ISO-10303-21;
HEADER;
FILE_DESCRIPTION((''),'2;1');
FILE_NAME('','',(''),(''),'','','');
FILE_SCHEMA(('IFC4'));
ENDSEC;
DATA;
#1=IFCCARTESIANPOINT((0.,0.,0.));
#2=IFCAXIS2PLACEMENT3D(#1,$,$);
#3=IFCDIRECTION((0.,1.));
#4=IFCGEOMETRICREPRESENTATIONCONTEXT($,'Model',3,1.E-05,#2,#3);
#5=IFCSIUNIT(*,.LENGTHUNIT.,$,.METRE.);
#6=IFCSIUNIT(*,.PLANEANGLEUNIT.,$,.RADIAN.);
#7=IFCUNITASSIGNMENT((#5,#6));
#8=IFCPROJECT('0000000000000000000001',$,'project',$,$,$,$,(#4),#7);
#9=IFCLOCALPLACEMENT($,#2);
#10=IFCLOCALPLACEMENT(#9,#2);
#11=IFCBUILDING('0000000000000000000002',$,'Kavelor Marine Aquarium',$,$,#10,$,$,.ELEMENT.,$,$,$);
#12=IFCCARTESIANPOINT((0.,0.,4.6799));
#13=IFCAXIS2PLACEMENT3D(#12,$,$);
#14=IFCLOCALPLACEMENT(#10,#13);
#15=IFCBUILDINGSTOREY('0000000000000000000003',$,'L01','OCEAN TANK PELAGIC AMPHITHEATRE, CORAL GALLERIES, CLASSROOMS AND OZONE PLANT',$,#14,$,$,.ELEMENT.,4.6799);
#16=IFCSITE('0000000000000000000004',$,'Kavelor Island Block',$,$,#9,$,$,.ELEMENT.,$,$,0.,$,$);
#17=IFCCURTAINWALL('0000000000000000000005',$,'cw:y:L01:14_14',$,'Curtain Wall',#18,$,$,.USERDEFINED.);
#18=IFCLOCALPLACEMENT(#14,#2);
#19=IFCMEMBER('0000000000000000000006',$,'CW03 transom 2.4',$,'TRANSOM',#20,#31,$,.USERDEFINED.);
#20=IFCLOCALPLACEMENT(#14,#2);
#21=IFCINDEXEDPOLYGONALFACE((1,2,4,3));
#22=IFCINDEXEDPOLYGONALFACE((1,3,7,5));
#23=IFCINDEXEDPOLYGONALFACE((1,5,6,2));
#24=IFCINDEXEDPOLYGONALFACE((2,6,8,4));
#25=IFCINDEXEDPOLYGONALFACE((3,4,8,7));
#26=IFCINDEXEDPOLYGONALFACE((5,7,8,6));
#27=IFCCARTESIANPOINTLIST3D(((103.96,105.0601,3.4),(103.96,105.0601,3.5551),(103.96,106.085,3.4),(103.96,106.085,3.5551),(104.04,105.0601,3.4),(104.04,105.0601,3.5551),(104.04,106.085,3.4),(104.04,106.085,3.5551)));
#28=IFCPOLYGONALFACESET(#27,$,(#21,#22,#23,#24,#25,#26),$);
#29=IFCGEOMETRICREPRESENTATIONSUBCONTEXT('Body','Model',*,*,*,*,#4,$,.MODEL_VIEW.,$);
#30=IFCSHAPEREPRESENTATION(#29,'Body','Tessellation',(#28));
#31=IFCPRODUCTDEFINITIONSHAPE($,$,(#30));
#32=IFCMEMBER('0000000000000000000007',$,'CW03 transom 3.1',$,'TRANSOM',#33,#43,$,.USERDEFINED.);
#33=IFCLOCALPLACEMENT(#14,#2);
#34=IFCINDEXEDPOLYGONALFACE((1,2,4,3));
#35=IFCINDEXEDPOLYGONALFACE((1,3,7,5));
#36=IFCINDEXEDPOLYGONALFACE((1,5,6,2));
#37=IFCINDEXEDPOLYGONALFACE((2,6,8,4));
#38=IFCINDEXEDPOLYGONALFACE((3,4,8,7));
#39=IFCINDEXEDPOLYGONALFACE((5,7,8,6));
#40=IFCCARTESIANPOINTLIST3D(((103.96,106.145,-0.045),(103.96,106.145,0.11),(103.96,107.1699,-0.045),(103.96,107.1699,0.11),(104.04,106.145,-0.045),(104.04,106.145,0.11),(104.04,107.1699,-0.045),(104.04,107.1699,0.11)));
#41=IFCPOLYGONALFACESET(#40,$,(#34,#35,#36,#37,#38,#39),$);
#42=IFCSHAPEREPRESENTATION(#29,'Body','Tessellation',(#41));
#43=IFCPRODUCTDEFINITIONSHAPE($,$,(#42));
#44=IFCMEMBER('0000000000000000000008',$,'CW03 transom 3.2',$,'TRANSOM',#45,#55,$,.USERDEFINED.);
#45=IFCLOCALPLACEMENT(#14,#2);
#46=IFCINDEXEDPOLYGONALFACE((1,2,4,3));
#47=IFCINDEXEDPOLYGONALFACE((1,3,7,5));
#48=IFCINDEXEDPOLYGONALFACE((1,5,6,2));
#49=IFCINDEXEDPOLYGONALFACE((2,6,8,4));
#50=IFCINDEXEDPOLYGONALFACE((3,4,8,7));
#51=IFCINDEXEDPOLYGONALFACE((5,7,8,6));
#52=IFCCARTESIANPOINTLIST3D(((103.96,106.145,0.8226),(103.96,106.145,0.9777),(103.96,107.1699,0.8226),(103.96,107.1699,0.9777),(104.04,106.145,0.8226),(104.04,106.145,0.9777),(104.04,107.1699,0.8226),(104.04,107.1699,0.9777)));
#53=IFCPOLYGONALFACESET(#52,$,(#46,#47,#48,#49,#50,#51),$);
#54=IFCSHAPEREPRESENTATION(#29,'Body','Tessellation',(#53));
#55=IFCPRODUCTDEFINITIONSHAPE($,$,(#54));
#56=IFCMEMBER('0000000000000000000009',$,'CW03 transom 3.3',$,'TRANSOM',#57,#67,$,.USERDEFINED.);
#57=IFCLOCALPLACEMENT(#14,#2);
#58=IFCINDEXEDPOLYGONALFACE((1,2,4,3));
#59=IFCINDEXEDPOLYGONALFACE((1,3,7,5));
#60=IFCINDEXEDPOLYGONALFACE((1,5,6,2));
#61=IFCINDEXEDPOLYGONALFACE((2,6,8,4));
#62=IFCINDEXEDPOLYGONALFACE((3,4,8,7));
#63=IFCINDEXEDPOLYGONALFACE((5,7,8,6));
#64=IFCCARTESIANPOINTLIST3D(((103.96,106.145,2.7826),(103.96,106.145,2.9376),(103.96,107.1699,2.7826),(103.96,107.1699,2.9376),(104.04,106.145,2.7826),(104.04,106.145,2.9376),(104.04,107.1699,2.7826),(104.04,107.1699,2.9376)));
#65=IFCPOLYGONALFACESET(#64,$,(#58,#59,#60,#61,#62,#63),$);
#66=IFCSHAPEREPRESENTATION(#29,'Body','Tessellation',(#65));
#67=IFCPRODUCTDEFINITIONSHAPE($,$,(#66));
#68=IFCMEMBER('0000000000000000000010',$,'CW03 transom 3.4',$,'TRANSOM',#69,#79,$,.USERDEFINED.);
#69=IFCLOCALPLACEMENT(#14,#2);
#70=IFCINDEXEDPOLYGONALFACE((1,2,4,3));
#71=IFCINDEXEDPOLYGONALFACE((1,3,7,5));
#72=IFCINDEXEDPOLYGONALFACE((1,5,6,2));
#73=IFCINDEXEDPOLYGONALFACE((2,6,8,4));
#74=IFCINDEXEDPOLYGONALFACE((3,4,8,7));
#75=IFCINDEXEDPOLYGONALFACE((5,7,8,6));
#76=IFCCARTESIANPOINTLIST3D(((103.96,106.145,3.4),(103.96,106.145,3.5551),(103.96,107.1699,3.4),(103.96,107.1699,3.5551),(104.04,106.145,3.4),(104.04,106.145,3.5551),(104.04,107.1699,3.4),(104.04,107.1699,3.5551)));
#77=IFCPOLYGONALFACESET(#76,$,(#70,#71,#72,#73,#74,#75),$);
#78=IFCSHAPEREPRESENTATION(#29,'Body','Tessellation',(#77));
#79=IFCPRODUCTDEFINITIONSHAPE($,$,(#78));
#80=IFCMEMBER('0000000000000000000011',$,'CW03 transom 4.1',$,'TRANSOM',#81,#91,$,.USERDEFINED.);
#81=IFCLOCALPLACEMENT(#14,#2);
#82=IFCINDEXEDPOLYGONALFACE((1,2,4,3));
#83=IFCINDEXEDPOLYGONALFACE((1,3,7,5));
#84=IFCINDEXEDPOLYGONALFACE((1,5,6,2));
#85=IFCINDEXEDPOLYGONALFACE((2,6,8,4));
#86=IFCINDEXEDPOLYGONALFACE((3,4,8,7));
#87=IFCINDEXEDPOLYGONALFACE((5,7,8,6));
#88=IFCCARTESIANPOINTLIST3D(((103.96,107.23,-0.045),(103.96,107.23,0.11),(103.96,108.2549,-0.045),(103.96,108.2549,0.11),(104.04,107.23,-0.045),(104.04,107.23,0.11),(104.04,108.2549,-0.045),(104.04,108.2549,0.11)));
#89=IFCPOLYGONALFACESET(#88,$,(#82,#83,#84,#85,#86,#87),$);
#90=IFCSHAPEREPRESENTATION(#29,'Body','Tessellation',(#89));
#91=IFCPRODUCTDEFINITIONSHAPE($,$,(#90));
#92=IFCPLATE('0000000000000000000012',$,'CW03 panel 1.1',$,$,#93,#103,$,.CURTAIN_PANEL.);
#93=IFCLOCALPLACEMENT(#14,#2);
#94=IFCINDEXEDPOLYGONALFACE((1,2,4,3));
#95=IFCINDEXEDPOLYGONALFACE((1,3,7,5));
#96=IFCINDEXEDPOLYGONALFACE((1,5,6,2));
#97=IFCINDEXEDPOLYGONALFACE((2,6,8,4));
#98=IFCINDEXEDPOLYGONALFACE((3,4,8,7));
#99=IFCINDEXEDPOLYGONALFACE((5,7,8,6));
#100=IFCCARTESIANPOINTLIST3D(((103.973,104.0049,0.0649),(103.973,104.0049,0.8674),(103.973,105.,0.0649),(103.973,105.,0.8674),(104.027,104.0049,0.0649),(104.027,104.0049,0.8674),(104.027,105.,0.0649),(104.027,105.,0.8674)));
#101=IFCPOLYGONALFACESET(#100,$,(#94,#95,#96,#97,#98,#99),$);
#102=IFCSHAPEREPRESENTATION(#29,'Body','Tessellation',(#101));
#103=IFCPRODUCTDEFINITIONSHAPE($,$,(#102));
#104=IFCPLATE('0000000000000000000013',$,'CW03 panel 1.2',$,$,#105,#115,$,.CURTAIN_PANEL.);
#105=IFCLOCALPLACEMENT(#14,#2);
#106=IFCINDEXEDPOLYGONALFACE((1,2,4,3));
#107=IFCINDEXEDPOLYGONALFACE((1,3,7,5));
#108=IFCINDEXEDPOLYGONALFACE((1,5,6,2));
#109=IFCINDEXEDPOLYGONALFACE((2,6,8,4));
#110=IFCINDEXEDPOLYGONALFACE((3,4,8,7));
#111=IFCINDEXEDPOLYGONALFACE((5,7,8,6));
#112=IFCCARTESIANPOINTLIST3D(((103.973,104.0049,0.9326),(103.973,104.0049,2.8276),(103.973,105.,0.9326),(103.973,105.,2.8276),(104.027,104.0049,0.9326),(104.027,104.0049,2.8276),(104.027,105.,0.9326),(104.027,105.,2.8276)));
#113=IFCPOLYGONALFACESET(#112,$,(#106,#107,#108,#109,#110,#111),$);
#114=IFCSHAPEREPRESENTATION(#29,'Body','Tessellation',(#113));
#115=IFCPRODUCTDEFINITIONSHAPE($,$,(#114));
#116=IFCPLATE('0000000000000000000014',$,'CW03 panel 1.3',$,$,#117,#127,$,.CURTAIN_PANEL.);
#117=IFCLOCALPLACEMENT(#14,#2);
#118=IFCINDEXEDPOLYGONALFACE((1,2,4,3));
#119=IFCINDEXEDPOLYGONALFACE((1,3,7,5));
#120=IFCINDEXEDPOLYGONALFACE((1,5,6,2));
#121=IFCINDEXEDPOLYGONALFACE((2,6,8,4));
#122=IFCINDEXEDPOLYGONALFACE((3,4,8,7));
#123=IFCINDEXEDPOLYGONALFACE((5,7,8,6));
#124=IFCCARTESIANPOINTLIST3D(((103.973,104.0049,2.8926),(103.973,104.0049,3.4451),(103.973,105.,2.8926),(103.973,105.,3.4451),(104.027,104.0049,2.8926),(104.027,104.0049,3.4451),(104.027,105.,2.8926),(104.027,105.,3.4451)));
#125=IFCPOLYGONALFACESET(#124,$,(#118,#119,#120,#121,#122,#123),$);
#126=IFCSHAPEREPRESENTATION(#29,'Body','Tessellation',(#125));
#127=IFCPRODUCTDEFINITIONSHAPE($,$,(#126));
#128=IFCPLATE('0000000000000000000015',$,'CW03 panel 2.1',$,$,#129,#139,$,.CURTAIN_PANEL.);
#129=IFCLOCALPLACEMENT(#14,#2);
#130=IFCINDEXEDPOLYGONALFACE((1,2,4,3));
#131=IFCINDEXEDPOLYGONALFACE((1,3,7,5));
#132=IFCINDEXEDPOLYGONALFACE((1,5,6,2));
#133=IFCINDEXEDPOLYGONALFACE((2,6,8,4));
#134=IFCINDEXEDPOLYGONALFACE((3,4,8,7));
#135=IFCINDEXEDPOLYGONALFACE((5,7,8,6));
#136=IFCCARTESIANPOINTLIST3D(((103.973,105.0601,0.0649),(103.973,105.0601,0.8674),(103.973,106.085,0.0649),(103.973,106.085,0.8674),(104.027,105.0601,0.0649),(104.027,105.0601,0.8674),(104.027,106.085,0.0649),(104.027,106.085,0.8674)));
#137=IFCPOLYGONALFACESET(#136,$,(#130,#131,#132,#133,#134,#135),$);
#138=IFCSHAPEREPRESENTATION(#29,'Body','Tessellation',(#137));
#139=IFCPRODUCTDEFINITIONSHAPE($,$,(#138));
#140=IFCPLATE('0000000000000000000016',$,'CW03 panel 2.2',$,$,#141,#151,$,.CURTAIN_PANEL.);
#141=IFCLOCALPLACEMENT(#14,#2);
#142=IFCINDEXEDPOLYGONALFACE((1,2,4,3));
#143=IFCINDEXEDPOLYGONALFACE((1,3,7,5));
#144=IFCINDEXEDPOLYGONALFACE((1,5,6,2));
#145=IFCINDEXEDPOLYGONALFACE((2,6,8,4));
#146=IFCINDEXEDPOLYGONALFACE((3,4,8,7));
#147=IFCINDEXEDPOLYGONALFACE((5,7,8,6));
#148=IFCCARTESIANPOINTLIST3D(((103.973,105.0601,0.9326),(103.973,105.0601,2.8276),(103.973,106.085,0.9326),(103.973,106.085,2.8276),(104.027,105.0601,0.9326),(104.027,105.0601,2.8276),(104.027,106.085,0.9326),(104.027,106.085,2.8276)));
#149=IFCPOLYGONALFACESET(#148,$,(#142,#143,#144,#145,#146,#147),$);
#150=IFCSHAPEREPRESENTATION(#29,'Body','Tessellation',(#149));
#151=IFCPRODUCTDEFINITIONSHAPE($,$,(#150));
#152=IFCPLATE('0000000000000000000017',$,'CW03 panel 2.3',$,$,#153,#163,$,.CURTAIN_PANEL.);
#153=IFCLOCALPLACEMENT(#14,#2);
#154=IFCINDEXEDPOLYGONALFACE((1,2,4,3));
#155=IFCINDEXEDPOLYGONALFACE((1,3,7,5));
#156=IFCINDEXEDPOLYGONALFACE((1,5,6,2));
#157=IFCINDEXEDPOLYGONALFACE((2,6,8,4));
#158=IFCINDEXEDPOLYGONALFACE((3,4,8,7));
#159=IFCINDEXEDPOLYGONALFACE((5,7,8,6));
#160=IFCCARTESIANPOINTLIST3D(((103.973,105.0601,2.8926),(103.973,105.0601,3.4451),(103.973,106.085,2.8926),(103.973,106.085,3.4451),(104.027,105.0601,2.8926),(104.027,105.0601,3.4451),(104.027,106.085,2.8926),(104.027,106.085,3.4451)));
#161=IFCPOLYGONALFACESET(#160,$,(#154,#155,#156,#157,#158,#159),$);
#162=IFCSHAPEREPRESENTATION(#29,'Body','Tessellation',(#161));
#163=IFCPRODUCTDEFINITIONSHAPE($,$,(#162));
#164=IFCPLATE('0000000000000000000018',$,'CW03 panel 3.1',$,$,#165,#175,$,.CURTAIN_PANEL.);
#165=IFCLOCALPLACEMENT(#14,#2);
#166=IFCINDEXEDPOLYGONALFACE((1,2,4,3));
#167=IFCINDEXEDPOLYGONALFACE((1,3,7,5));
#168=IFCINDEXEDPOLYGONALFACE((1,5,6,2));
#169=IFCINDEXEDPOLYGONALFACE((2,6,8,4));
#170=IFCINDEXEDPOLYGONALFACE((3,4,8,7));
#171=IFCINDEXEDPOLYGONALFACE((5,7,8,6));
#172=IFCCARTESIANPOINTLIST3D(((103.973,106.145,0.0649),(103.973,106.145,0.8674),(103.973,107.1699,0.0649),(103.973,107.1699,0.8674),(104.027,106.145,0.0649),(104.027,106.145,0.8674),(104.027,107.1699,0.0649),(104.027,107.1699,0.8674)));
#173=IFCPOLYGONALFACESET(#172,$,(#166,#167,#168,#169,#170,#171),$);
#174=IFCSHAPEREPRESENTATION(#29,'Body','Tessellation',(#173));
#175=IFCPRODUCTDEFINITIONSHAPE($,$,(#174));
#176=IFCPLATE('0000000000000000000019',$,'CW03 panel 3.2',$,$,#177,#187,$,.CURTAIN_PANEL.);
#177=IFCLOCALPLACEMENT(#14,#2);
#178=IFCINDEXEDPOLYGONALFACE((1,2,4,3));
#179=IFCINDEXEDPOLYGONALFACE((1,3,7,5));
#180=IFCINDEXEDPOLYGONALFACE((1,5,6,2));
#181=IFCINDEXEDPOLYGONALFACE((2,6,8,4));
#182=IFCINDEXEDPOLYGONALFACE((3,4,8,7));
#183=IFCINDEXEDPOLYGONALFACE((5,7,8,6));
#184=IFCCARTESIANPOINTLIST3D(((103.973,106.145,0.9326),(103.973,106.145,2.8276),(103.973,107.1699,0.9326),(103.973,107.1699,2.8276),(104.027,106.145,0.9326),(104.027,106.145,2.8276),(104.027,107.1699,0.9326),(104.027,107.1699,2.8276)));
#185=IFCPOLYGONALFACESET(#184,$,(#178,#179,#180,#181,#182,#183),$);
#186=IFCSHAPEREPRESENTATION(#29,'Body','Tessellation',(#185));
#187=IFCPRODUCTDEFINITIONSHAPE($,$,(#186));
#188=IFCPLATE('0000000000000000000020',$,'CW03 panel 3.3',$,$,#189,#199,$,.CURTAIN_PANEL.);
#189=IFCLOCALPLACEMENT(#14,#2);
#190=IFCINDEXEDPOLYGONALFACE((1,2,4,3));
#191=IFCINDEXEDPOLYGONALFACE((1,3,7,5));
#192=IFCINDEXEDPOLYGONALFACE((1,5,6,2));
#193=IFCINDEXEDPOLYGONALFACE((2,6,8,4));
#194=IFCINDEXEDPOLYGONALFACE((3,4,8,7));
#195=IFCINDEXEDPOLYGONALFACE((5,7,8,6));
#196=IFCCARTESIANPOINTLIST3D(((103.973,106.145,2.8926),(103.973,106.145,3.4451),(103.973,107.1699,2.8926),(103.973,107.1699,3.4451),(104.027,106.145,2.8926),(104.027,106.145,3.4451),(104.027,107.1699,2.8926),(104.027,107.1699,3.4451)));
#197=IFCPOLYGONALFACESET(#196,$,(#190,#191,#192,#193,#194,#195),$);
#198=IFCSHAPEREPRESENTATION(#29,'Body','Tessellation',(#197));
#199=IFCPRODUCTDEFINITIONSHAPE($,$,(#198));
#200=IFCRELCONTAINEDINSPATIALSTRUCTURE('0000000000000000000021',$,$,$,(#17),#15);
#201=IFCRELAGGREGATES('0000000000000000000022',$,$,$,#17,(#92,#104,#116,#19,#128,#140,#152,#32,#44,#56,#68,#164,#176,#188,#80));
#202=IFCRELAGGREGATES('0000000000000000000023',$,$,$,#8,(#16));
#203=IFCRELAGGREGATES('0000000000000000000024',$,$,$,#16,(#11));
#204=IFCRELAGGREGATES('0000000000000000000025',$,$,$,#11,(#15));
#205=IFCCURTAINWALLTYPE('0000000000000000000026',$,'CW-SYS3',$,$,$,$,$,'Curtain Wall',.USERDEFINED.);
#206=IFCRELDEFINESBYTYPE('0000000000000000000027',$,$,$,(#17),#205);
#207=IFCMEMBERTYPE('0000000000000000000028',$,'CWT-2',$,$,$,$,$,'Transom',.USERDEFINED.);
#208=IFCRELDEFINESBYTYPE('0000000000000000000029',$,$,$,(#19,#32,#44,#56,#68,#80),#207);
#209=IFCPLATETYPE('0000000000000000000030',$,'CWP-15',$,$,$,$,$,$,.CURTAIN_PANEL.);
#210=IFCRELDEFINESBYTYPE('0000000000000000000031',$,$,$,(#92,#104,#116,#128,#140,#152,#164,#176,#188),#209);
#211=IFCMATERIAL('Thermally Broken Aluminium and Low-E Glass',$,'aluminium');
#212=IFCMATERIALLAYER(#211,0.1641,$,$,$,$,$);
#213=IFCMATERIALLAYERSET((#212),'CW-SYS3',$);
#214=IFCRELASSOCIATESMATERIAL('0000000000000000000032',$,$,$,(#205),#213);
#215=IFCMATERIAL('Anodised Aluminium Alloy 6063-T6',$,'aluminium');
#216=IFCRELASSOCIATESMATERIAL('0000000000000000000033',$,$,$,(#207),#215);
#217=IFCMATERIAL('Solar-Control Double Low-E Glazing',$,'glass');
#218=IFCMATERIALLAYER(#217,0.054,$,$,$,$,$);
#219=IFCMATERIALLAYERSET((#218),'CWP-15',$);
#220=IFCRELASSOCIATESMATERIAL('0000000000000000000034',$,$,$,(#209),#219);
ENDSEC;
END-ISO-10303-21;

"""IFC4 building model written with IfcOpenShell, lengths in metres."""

from ifc_helpers import new_model, si_unit, direction, frame, origin, origin_2d, place, context, subcontext, project, spatial, rectangle, extrude, material, layer, layer_set, material_profile, profile_set, type_object, element, aggregate, save


model = new_model("IFC4")

# Units and contexts
model_context = context("Model", 3, precision=1e-05, world=origin(), true_north=direction((0.0, 1.0)))
body_context = subcontext(model_context, "Body", "Model", "MODEL_VIEW")
ifc_project = project(units=[si_unit("LENGTHUNIT", "METRE"), si_unit("PLANEANGLEUNIT", "RADIAN")], contexts=[model_context])

# Site, building, storey
site_placement = place(None, origin())
site = spatial("IfcSite", under=ifc_project, at=site_placement, Name="Kavelor Island Block", CompositionType="ELEMENT", RefElevation=0.0)
building_placement = place(site_placement, origin())
building = spatial("IfcBuilding", under=site, at=building_placement, Name="Kavelor Marine Aquarium", CompositionType="ELEMENT")
storey_placement = place(building_placement, frame((0.0, 0.0, 4.6799)))
storey = spatial("IfcBuildingStorey", under=building, at=storey_placement, Name="L01", Description="OCEAN TANK PELAGIC AMPHITHEATRE, CORAL GALLERIES, CLASSROOMS AND OZONE PLANT", CompositionType="ELEMENT", Elevation=4.6799)

# Curtain wall, members, plates
ifc_material_1 = material(Name="Thermally Broken Aluminium and Low-E Glass", Category="aluminium")
ifc_layer_1 = layer(ifc_material_1, 0.1641)
ifc_layer_set_1 = layer_set([ifc_layer_1], Name="CW-SYS3")
curtain_wall_type = type_object("IfcCurtainWallType", Name="CW-SYS3", ElementType="Curtain Wall", PredefinedType="USERDEFINED", material=ifc_layer_set_1)
curtain_wall_placement = place(storey_placement, origin())
curtain_wall = element("IfcCurtainWall", 1, at=curtain_wall_placement, inside=storey, type_object=curtain_wall_type, Name="cw:y:L01:14_14", ObjectType="Curtain Wall", PredefinedType="USERDEFINED")
ifc_material_2 = material(Name="Anodised Aluminium Alloy 6063-T6", Category="aluminium")
ifc_material_profile_1 = material_profile(ifc_material_2, rectangle(XDim=0.0801, YDim=0.155, at=origin_2d()), Name="CW-TRN 80x155")
ifc_profile_set_1 = profile_set([ifc_material_profile_1], Name="Anodised Aluminium Alloy 6063-T6")
member_type_1 = type_object("IfcMemberType", Name="CWT-2", ElementType="Transom", PredefinedType="USERDEFINED", material=ifc_profile_set_1)
member_1_placement = place(storey_placement, frame((104.0, 105.0601, 3.4775), z_axis=(0.0, 1.0, 0.0), x_axis=(-1.0, 0.0, 0.0)))
member_1 = element("IfcMember", 2, at=member_1_placement, type_object=member_type_1, Name="CW03 transom 2.4", ObjectType="TRANSOM", PredefinedType="USERDEFINED", context=body_context, shape_type="SweptSolid", body=[
    extrude(rectangle(XDim=0.0801, YDim=0.155, at=origin_2d()), origin(), (0.0, 0.0, 1.0), 1.0249),
])
member_2_placement = place(storey_placement, frame((104.0, 106.145, 0.0325), z_axis=(0.0, 1.0, 0.0), x_axis=(-1.0, 0.0, 0.0)))
member_2 = element("IfcMember", 3, at=member_2_placement, type_object=member_type_1, Name="CW03 transom 3.1", ObjectType="TRANSOM", PredefinedType="USERDEFINED", context=body_context, shape_type="SweptSolid", body=[
    extrude(rectangle(XDim=0.0801, YDim=0.155, at=origin_2d()), origin(), (0.0, 0.0, 1.0), 1.0249),
])
member_3_placement = place(storey_placement, frame((104.0, 106.145, 0.9001), z_axis=(0.0, 1.0, 0.0), x_axis=(-1.0, 0.0, 0.0)))
member_3 = element("IfcMember", 4, at=member_3_placement, type_object=member_type_1, Name="CW03 transom 3.2", ObjectType="TRANSOM", PredefinedType="USERDEFINED", context=body_context, shape_type="SweptSolid", body=[
    extrude(rectangle(XDim=0.0801, YDim=0.155, at=origin_2d()), origin(), (0.0, 0.0, 1.0), 1.0249),
])
member_4_placement = place(storey_placement, frame((104.0, 106.145, 2.8601), z_axis=(0.0, 1.0, 0.0), x_axis=(-1.0, 0.0, 0.0)))
member_4 = element("IfcMember", 5, at=member_4_placement, type_object=member_type_1, Name="CW03 transom 3.3", ObjectType="TRANSOM", PredefinedType="USERDEFINED", context=body_context, shape_type="SweptSolid", body=[
    extrude(rectangle(XDim=0.0801, YDim=0.155, at=origin_2d()), origin(), (0.0, 0.0, 1.0), 1.0249),
])
member_5_placement = place(storey_placement, frame((104.0, 106.145, 3.4775), z_axis=(0.0, 1.0, 0.0), x_axis=(-1.0, 0.0, 0.0)))
member_5 = element("IfcMember", 6, at=member_5_placement, type_object=member_type_1, Name="CW03 transom 3.4", ObjectType="TRANSOM", PredefinedType="USERDEFINED", context=body_context, shape_type="SweptSolid", body=[
    extrude(rectangle(XDim=0.0801, YDim=0.155, at=origin_2d()), origin(), (0.0, 0.0, 1.0), 1.0249),
])
member_6_placement = place(storey_placement, frame((104.0, 107.23, 0.0325), z_axis=(0.0, 1.0, 0.0), x_axis=(-1.0, 0.0, 0.0)))
member_6 = element("IfcMember", 7, at=member_6_placement, type_object=member_type_1, Name="CW03 transom 4.1", ObjectType="TRANSOM", PredefinedType="USERDEFINED", context=body_context, shape_type="SweptSolid", body=[
    extrude(rectangle(XDim=0.0801, YDim=0.155, at=origin_2d()), origin(), (0.0, 0.0, 1.0), 1.0249),
])
ifc_material_3 = material(Name="Solar-Control Double Low-E Glazing", Category="glass")
ifc_layer_2 = layer(ifc_material_3, 0.054)
ifc_layer_set_2 = layer_set([ifc_layer_2], Name="CWP-15")
plate_type = type_object("IfcPlateType", Name="CWP-15", PredefinedType="CURTAIN_PANEL", material=ifc_layer_set_2)
plate_1_placement = place(storey_placement, frame((104.0, 104.5024, 0.0649), z_axis=(0.0, 0.0, 1.0), x_axis=(0.0, 1.0, 0.0)))
plate_1 = element("IfcPlate", 8, at=plate_1_placement, type_object=plate_type, Name="CW03 panel 1.1", PredefinedType="CURTAIN_PANEL", context=body_context, shape_type="SweptSolid", body=[
    extrude(rectangle(XDim=0.9951, YDim=0.054, at=origin_2d()), origin(), (0.0, 0.0, 1.0), 0.8025),
])
plate_2_placement = place(storey_placement, frame((104.0, 104.5024, 0.9326), z_axis=(0.0, 0.0, 1.0), x_axis=(0.0, 1.0, 0.0)))
plate_2 = element("IfcPlate", 9, at=plate_2_placement, type_object=plate_type, Name="CW03 panel 1.2", PredefinedType="CURTAIN_PANEL", context=body_context, shape_type="SweptSolid", body=[
    extrude(rectangle(XDim=0.9951, YDim=0.054, at=origin_2d()), origin(), (0.0, 0.0, 1.0), 1.895),
])
plate_3_placement = place(storey_placement, frame((104.0, 104.5024, 2.8926), z_axis=(0.0, 0.0, 1.0), x_axis=(0.0, 1.0, 0.0)))
plate_3 = element("IfcPlate", 10, at=plate_3_placement, type_object=plate_type, Name="CW03 panel 1.3", PredefinedType="CURTAIN_PANEL", context=body_context, shape_type="SweptSolid", body=[
    extrude(rectangle(XDim=0.9951, YDim=0.054, at=origin_2d()), origin(), (0.0, 0.0, 1.0), 0.5525),
])
plate_4_placement = place(storey_placement, frame((104.0, 105.5725, 0.0649), z_axis=(0.0, 0.0, 1.0), x_axis=(0.0, 1.0, 0.0)))
plate_4 = element("IfcPlate", 11, at=plate_4_placement, type_object=plate_type, Name="CW03 panel 2.1", PredefinedType="CURTAIN_PANEL", context=body_context, shape_type="SweptSolid", body=[
    extrude(rectangle(XDim=1.0249, YDim=0.054, at=origin_2d()), origin(), (0.0, 0.0, 1.0), 0.8025),
])
plate_5_placement = place(storey_placement, frame((104.0, 105.5725, 0.9326), z_axis=(0.0, 0.0, 1.0), x_axis=(0.0, 1.0, 0.0)))
plate_5 = element("IfcPlate", 12, at=plate_5_placement, type_object=plate_type, Name="CW03 panel 2.2", PredefinedType="CURTAIN_PANEL", context=body_context, shape_type="SweptSolid", body=[
    extrude(rectangle(XDim=1.0249, YDim=0.054, at=origin_2d()), origin(), (0.0, 0.0, 1.0), 1.895),
])
plate_6_placement = place(storey_placement, frame((104.0, 105.5725, 2.8926), z_axis=(0.0, 0.0, 1.0), x_axis=(0.0, 1.0, 0.0)))
plate_6 = element("IfcPlate", 13, at=plate_6_placement, type_object=plate_type, Name="CW03 panel 2.3", PredefinedType="CURTAIN_PANEL", context=body_context, shape_type="SweptSolid", body=[
    extrude(rectangle(XDim=1.0249, YDim=0.054, at=origin_2d()), origin(), (0.0, 0.0, 1.0), 0.5525),
])
plate_7_placement = place(storey_placement, frame((104.0, 106.6575, 0.0649), z_axis=(0.0, 0.0, 1.0), x_axis=(0.0, 1.0, 0.0)))
plate_7 = element("IfcPlate", 14, at=plate_7_placement, type_object=plate_type, Name="CW03 panel 3.1", PredefinedType="CURTAIN_PANEL", context=body_context, shape_type="SweptSolid", body=[
    extrude(rectangle(XDim=1.0249, YDim=0.054, at=origin_2d()), origin(), (0.0, 0.0, 1.0), 0.8025),
])
plate_8_placement = place(storey_placement, frame((104.0, 106.6575, 0.9326), z_axis=(0.0, 0.0, 1.0), x_axis=(0.0, 1.0, 0.0)))
plate_8 = element("IfcPlate", 15, at=plate_8_placement, type_object=plate_type, Name="CW03 panel 3.2", PredefinedType="CURTAIN_PANEL", context=body_context, shape_type="SweptSolid", body=[
    extrude(rectangle(XDim=1.0249, YDim=0.054, at=origin_2d()), origin(), (0.0, 0.0, 1.0), 1.895),
])
plate_9_placement = place(storey_placement, frame((104.0, 106.6575, 2.8926), z_axis=(0.0, 0.0, 1.0), x_axis=(0.0, 1.0, 0.0)))
plate_9 = element("IfcPlate", 16, at=plate_9_placement, type_object=plate_type, Name="CW03 panel 3.3", PredefinedType="CURTAIN_PANEL", context=body_context, shape_type="SweptSolid", body=[
    extrude(rectangle(XDim=1.0249, YDim=0.054, at=origin_2d()), origin(), (0.0, 0.0, 1.0), 0.5525),
])
aggregate(curtain_wall, [plate_1, plate_2, plate_3, member_1, plate_4, plate_5, plate_6, member_2, member_3, member_4, member_5, plate_7, plate_8, plate_9, member_6])

save(model, "model.ifc")
